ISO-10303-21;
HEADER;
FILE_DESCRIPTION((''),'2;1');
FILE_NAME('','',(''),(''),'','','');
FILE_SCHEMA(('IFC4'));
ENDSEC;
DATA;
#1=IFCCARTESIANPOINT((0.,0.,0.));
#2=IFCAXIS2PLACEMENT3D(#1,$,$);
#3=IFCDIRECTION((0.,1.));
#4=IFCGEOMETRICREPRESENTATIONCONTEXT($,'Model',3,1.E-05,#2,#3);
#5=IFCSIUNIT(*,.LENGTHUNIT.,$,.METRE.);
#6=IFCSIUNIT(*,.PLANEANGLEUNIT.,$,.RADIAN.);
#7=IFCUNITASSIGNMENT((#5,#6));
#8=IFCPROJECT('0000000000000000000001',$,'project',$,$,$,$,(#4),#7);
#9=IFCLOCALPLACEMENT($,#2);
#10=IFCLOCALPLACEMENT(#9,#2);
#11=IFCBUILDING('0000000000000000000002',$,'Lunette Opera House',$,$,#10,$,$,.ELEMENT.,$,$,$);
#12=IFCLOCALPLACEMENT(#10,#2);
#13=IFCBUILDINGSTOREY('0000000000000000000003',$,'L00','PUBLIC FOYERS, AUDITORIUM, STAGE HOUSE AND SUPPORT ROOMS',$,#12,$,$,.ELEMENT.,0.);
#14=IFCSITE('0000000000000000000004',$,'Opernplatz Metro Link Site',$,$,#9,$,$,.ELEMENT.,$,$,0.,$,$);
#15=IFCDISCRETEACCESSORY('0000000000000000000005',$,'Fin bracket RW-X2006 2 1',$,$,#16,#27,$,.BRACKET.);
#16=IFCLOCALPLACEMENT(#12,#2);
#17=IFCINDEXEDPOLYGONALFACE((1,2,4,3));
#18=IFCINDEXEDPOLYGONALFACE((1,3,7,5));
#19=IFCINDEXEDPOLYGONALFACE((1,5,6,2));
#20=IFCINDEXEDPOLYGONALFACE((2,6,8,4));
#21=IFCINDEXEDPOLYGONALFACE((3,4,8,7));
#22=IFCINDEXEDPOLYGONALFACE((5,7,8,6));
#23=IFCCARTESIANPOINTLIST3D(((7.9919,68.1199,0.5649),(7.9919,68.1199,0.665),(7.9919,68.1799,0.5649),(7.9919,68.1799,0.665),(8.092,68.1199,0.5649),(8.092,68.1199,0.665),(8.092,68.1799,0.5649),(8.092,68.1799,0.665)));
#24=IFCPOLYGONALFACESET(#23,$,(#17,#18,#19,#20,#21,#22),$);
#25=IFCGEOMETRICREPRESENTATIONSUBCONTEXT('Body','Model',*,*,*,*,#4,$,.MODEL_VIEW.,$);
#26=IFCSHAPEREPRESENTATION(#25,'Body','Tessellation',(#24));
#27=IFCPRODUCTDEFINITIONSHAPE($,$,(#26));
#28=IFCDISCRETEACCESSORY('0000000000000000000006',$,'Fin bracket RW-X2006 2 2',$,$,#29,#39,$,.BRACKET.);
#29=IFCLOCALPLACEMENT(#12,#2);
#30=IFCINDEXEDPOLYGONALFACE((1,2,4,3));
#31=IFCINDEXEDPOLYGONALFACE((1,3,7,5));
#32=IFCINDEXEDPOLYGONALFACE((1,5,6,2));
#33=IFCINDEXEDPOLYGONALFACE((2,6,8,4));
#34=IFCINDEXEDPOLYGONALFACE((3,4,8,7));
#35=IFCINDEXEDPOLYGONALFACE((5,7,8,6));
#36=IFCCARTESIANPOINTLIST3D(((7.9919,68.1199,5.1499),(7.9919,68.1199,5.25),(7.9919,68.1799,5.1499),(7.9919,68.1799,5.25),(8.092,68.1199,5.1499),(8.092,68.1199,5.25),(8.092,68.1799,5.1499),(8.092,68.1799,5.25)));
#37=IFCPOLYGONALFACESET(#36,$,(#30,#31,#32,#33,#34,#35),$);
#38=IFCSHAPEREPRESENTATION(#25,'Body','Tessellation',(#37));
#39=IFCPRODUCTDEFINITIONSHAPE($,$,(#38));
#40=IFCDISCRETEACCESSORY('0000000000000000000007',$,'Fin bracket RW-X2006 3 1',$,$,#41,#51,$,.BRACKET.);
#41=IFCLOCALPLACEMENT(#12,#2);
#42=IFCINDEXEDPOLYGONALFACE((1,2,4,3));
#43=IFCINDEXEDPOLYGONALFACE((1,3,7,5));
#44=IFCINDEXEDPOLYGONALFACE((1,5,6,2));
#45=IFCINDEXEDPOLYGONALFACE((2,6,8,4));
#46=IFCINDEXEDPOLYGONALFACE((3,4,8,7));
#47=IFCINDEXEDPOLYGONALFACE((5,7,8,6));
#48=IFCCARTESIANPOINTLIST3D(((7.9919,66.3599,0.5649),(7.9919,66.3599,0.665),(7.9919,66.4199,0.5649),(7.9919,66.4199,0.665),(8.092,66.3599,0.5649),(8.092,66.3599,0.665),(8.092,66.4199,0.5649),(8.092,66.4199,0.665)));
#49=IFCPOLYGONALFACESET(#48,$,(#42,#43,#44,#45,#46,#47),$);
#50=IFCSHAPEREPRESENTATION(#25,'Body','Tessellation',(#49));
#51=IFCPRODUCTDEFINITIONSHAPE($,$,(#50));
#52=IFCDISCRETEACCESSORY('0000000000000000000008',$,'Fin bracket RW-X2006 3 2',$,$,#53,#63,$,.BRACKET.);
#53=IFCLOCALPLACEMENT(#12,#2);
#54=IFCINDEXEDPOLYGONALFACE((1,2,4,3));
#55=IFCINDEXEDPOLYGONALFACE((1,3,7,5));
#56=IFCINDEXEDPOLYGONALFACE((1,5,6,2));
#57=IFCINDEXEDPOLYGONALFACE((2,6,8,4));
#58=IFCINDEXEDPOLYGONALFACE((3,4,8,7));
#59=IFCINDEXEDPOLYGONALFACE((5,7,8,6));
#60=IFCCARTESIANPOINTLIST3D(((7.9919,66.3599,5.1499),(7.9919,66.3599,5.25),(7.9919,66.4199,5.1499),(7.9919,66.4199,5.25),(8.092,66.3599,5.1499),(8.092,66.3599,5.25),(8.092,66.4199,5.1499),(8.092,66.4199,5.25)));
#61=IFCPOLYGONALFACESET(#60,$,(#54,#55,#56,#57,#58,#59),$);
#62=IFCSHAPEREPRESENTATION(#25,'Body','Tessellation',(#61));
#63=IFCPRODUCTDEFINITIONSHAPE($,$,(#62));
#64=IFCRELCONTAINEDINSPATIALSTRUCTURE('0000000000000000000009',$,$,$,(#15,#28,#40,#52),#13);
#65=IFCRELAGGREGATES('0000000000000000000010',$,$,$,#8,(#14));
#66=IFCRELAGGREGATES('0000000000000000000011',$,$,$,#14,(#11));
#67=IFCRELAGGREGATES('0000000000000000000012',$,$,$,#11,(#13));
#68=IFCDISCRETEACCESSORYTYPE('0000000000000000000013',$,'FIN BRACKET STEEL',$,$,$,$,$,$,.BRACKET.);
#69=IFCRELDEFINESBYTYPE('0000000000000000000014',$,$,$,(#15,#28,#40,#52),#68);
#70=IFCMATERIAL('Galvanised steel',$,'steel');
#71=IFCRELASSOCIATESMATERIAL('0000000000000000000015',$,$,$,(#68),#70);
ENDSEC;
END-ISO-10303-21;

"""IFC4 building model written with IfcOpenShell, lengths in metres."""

from ifc_helpers import new_model, si_unit, direction, frame, origin, origin_2d, place, context, subcontext, project, spatial, rectangle, extrude, material, type_object, element, save


model = new_model("IFC4")

# Units and contexts
model_context = context("Model", 3, precision=1e-05, world=origin(), true_north=direction((0.0, 1.0)))
body_context = subcontext(model_context, "Body", "Model", "MODEL_VIEW")
ifc_project = project(units=[si_unit("LENGTHUNIT", "METRE"), si_unit("PLANEANGLEUNIT", "RADIAN")], contexts=[model_context])

# Site, building, storey
site_placement = place(None, origin())
site = spatial("IfcSite", under=ifc_project, at=site_placement, Name="Opernplatz Metro Link Site", CompositionType="ELEMENT", RefElevation=0.0)
building_placement = place(site_placement, origin())
building = spatial("IfcBuilding", under=site, at=building_placement, Name="Lunette Opera House", CompositionType="ELEMENT")
storey_placement = place(building_placement, origin())
storey = spatial("IfcBuildingStorey", under=building, at=storey_placement, Name="L00", Description="PUBLIC FOYERS, AUDITORIUM, STAGE HOUSE AND SUPPORT ROOMS", CompositionType="ELEMENT", Elevation=0.0)

# Discrete accessories
ifc_material_1 = material(Name="Galvanised steel", Category="steel")
discrete_accessory_type = type_object("IfcDiscreteAccessoryType", Name="FIN BRACKET STEEL", PredefinedType="BRACKET", material=ifc_material_1)
for number, where, z_axis, x_axis, name in (
    (1, (8.042, 68.1499, 0.5649), (0.0, 0.0, 1.0), (-1.0, 0.0, 0.0), "Fin bracket RW-X2006 2 1"),
    (2, (8.042, 68.1499, 5.1499), (0.0, 0.0, 1.0), (-1.0, 0.0, 0.0), "Fin bracket RW-X2006 2 2"),
    (3, (8.042, 66.3899, 0.5649), (0.0, 0.0, 1.0), (-1.0, 0.0, 0.0), "Fin bracket RW-X2006 3 1"),
    (4, (8.042, 66.3899, 5.1499), (0.0, 0.0, 1.0), (-1.0, 0.0, 0.0), "Fin bracket RW-X2006 3 2"),
):
    element("IfcDiscreteAccessory", number, at=place(storey_placement, frame(where, z_axis=z_axis, x_axis=x_axis)), inside=storey, type_object=discrete_accessory_type, Name=name, PredefinedType="BRACKET", context=body_context, shape_type="SweptSolid", body=[
        extrude(rectangle(XDim=0.1001, YDim=0.0601, at=origin_2d()), origin(), (0.0, 0.0, 1.0), 0.1001),
    ])

save(model, "model.ifc")
